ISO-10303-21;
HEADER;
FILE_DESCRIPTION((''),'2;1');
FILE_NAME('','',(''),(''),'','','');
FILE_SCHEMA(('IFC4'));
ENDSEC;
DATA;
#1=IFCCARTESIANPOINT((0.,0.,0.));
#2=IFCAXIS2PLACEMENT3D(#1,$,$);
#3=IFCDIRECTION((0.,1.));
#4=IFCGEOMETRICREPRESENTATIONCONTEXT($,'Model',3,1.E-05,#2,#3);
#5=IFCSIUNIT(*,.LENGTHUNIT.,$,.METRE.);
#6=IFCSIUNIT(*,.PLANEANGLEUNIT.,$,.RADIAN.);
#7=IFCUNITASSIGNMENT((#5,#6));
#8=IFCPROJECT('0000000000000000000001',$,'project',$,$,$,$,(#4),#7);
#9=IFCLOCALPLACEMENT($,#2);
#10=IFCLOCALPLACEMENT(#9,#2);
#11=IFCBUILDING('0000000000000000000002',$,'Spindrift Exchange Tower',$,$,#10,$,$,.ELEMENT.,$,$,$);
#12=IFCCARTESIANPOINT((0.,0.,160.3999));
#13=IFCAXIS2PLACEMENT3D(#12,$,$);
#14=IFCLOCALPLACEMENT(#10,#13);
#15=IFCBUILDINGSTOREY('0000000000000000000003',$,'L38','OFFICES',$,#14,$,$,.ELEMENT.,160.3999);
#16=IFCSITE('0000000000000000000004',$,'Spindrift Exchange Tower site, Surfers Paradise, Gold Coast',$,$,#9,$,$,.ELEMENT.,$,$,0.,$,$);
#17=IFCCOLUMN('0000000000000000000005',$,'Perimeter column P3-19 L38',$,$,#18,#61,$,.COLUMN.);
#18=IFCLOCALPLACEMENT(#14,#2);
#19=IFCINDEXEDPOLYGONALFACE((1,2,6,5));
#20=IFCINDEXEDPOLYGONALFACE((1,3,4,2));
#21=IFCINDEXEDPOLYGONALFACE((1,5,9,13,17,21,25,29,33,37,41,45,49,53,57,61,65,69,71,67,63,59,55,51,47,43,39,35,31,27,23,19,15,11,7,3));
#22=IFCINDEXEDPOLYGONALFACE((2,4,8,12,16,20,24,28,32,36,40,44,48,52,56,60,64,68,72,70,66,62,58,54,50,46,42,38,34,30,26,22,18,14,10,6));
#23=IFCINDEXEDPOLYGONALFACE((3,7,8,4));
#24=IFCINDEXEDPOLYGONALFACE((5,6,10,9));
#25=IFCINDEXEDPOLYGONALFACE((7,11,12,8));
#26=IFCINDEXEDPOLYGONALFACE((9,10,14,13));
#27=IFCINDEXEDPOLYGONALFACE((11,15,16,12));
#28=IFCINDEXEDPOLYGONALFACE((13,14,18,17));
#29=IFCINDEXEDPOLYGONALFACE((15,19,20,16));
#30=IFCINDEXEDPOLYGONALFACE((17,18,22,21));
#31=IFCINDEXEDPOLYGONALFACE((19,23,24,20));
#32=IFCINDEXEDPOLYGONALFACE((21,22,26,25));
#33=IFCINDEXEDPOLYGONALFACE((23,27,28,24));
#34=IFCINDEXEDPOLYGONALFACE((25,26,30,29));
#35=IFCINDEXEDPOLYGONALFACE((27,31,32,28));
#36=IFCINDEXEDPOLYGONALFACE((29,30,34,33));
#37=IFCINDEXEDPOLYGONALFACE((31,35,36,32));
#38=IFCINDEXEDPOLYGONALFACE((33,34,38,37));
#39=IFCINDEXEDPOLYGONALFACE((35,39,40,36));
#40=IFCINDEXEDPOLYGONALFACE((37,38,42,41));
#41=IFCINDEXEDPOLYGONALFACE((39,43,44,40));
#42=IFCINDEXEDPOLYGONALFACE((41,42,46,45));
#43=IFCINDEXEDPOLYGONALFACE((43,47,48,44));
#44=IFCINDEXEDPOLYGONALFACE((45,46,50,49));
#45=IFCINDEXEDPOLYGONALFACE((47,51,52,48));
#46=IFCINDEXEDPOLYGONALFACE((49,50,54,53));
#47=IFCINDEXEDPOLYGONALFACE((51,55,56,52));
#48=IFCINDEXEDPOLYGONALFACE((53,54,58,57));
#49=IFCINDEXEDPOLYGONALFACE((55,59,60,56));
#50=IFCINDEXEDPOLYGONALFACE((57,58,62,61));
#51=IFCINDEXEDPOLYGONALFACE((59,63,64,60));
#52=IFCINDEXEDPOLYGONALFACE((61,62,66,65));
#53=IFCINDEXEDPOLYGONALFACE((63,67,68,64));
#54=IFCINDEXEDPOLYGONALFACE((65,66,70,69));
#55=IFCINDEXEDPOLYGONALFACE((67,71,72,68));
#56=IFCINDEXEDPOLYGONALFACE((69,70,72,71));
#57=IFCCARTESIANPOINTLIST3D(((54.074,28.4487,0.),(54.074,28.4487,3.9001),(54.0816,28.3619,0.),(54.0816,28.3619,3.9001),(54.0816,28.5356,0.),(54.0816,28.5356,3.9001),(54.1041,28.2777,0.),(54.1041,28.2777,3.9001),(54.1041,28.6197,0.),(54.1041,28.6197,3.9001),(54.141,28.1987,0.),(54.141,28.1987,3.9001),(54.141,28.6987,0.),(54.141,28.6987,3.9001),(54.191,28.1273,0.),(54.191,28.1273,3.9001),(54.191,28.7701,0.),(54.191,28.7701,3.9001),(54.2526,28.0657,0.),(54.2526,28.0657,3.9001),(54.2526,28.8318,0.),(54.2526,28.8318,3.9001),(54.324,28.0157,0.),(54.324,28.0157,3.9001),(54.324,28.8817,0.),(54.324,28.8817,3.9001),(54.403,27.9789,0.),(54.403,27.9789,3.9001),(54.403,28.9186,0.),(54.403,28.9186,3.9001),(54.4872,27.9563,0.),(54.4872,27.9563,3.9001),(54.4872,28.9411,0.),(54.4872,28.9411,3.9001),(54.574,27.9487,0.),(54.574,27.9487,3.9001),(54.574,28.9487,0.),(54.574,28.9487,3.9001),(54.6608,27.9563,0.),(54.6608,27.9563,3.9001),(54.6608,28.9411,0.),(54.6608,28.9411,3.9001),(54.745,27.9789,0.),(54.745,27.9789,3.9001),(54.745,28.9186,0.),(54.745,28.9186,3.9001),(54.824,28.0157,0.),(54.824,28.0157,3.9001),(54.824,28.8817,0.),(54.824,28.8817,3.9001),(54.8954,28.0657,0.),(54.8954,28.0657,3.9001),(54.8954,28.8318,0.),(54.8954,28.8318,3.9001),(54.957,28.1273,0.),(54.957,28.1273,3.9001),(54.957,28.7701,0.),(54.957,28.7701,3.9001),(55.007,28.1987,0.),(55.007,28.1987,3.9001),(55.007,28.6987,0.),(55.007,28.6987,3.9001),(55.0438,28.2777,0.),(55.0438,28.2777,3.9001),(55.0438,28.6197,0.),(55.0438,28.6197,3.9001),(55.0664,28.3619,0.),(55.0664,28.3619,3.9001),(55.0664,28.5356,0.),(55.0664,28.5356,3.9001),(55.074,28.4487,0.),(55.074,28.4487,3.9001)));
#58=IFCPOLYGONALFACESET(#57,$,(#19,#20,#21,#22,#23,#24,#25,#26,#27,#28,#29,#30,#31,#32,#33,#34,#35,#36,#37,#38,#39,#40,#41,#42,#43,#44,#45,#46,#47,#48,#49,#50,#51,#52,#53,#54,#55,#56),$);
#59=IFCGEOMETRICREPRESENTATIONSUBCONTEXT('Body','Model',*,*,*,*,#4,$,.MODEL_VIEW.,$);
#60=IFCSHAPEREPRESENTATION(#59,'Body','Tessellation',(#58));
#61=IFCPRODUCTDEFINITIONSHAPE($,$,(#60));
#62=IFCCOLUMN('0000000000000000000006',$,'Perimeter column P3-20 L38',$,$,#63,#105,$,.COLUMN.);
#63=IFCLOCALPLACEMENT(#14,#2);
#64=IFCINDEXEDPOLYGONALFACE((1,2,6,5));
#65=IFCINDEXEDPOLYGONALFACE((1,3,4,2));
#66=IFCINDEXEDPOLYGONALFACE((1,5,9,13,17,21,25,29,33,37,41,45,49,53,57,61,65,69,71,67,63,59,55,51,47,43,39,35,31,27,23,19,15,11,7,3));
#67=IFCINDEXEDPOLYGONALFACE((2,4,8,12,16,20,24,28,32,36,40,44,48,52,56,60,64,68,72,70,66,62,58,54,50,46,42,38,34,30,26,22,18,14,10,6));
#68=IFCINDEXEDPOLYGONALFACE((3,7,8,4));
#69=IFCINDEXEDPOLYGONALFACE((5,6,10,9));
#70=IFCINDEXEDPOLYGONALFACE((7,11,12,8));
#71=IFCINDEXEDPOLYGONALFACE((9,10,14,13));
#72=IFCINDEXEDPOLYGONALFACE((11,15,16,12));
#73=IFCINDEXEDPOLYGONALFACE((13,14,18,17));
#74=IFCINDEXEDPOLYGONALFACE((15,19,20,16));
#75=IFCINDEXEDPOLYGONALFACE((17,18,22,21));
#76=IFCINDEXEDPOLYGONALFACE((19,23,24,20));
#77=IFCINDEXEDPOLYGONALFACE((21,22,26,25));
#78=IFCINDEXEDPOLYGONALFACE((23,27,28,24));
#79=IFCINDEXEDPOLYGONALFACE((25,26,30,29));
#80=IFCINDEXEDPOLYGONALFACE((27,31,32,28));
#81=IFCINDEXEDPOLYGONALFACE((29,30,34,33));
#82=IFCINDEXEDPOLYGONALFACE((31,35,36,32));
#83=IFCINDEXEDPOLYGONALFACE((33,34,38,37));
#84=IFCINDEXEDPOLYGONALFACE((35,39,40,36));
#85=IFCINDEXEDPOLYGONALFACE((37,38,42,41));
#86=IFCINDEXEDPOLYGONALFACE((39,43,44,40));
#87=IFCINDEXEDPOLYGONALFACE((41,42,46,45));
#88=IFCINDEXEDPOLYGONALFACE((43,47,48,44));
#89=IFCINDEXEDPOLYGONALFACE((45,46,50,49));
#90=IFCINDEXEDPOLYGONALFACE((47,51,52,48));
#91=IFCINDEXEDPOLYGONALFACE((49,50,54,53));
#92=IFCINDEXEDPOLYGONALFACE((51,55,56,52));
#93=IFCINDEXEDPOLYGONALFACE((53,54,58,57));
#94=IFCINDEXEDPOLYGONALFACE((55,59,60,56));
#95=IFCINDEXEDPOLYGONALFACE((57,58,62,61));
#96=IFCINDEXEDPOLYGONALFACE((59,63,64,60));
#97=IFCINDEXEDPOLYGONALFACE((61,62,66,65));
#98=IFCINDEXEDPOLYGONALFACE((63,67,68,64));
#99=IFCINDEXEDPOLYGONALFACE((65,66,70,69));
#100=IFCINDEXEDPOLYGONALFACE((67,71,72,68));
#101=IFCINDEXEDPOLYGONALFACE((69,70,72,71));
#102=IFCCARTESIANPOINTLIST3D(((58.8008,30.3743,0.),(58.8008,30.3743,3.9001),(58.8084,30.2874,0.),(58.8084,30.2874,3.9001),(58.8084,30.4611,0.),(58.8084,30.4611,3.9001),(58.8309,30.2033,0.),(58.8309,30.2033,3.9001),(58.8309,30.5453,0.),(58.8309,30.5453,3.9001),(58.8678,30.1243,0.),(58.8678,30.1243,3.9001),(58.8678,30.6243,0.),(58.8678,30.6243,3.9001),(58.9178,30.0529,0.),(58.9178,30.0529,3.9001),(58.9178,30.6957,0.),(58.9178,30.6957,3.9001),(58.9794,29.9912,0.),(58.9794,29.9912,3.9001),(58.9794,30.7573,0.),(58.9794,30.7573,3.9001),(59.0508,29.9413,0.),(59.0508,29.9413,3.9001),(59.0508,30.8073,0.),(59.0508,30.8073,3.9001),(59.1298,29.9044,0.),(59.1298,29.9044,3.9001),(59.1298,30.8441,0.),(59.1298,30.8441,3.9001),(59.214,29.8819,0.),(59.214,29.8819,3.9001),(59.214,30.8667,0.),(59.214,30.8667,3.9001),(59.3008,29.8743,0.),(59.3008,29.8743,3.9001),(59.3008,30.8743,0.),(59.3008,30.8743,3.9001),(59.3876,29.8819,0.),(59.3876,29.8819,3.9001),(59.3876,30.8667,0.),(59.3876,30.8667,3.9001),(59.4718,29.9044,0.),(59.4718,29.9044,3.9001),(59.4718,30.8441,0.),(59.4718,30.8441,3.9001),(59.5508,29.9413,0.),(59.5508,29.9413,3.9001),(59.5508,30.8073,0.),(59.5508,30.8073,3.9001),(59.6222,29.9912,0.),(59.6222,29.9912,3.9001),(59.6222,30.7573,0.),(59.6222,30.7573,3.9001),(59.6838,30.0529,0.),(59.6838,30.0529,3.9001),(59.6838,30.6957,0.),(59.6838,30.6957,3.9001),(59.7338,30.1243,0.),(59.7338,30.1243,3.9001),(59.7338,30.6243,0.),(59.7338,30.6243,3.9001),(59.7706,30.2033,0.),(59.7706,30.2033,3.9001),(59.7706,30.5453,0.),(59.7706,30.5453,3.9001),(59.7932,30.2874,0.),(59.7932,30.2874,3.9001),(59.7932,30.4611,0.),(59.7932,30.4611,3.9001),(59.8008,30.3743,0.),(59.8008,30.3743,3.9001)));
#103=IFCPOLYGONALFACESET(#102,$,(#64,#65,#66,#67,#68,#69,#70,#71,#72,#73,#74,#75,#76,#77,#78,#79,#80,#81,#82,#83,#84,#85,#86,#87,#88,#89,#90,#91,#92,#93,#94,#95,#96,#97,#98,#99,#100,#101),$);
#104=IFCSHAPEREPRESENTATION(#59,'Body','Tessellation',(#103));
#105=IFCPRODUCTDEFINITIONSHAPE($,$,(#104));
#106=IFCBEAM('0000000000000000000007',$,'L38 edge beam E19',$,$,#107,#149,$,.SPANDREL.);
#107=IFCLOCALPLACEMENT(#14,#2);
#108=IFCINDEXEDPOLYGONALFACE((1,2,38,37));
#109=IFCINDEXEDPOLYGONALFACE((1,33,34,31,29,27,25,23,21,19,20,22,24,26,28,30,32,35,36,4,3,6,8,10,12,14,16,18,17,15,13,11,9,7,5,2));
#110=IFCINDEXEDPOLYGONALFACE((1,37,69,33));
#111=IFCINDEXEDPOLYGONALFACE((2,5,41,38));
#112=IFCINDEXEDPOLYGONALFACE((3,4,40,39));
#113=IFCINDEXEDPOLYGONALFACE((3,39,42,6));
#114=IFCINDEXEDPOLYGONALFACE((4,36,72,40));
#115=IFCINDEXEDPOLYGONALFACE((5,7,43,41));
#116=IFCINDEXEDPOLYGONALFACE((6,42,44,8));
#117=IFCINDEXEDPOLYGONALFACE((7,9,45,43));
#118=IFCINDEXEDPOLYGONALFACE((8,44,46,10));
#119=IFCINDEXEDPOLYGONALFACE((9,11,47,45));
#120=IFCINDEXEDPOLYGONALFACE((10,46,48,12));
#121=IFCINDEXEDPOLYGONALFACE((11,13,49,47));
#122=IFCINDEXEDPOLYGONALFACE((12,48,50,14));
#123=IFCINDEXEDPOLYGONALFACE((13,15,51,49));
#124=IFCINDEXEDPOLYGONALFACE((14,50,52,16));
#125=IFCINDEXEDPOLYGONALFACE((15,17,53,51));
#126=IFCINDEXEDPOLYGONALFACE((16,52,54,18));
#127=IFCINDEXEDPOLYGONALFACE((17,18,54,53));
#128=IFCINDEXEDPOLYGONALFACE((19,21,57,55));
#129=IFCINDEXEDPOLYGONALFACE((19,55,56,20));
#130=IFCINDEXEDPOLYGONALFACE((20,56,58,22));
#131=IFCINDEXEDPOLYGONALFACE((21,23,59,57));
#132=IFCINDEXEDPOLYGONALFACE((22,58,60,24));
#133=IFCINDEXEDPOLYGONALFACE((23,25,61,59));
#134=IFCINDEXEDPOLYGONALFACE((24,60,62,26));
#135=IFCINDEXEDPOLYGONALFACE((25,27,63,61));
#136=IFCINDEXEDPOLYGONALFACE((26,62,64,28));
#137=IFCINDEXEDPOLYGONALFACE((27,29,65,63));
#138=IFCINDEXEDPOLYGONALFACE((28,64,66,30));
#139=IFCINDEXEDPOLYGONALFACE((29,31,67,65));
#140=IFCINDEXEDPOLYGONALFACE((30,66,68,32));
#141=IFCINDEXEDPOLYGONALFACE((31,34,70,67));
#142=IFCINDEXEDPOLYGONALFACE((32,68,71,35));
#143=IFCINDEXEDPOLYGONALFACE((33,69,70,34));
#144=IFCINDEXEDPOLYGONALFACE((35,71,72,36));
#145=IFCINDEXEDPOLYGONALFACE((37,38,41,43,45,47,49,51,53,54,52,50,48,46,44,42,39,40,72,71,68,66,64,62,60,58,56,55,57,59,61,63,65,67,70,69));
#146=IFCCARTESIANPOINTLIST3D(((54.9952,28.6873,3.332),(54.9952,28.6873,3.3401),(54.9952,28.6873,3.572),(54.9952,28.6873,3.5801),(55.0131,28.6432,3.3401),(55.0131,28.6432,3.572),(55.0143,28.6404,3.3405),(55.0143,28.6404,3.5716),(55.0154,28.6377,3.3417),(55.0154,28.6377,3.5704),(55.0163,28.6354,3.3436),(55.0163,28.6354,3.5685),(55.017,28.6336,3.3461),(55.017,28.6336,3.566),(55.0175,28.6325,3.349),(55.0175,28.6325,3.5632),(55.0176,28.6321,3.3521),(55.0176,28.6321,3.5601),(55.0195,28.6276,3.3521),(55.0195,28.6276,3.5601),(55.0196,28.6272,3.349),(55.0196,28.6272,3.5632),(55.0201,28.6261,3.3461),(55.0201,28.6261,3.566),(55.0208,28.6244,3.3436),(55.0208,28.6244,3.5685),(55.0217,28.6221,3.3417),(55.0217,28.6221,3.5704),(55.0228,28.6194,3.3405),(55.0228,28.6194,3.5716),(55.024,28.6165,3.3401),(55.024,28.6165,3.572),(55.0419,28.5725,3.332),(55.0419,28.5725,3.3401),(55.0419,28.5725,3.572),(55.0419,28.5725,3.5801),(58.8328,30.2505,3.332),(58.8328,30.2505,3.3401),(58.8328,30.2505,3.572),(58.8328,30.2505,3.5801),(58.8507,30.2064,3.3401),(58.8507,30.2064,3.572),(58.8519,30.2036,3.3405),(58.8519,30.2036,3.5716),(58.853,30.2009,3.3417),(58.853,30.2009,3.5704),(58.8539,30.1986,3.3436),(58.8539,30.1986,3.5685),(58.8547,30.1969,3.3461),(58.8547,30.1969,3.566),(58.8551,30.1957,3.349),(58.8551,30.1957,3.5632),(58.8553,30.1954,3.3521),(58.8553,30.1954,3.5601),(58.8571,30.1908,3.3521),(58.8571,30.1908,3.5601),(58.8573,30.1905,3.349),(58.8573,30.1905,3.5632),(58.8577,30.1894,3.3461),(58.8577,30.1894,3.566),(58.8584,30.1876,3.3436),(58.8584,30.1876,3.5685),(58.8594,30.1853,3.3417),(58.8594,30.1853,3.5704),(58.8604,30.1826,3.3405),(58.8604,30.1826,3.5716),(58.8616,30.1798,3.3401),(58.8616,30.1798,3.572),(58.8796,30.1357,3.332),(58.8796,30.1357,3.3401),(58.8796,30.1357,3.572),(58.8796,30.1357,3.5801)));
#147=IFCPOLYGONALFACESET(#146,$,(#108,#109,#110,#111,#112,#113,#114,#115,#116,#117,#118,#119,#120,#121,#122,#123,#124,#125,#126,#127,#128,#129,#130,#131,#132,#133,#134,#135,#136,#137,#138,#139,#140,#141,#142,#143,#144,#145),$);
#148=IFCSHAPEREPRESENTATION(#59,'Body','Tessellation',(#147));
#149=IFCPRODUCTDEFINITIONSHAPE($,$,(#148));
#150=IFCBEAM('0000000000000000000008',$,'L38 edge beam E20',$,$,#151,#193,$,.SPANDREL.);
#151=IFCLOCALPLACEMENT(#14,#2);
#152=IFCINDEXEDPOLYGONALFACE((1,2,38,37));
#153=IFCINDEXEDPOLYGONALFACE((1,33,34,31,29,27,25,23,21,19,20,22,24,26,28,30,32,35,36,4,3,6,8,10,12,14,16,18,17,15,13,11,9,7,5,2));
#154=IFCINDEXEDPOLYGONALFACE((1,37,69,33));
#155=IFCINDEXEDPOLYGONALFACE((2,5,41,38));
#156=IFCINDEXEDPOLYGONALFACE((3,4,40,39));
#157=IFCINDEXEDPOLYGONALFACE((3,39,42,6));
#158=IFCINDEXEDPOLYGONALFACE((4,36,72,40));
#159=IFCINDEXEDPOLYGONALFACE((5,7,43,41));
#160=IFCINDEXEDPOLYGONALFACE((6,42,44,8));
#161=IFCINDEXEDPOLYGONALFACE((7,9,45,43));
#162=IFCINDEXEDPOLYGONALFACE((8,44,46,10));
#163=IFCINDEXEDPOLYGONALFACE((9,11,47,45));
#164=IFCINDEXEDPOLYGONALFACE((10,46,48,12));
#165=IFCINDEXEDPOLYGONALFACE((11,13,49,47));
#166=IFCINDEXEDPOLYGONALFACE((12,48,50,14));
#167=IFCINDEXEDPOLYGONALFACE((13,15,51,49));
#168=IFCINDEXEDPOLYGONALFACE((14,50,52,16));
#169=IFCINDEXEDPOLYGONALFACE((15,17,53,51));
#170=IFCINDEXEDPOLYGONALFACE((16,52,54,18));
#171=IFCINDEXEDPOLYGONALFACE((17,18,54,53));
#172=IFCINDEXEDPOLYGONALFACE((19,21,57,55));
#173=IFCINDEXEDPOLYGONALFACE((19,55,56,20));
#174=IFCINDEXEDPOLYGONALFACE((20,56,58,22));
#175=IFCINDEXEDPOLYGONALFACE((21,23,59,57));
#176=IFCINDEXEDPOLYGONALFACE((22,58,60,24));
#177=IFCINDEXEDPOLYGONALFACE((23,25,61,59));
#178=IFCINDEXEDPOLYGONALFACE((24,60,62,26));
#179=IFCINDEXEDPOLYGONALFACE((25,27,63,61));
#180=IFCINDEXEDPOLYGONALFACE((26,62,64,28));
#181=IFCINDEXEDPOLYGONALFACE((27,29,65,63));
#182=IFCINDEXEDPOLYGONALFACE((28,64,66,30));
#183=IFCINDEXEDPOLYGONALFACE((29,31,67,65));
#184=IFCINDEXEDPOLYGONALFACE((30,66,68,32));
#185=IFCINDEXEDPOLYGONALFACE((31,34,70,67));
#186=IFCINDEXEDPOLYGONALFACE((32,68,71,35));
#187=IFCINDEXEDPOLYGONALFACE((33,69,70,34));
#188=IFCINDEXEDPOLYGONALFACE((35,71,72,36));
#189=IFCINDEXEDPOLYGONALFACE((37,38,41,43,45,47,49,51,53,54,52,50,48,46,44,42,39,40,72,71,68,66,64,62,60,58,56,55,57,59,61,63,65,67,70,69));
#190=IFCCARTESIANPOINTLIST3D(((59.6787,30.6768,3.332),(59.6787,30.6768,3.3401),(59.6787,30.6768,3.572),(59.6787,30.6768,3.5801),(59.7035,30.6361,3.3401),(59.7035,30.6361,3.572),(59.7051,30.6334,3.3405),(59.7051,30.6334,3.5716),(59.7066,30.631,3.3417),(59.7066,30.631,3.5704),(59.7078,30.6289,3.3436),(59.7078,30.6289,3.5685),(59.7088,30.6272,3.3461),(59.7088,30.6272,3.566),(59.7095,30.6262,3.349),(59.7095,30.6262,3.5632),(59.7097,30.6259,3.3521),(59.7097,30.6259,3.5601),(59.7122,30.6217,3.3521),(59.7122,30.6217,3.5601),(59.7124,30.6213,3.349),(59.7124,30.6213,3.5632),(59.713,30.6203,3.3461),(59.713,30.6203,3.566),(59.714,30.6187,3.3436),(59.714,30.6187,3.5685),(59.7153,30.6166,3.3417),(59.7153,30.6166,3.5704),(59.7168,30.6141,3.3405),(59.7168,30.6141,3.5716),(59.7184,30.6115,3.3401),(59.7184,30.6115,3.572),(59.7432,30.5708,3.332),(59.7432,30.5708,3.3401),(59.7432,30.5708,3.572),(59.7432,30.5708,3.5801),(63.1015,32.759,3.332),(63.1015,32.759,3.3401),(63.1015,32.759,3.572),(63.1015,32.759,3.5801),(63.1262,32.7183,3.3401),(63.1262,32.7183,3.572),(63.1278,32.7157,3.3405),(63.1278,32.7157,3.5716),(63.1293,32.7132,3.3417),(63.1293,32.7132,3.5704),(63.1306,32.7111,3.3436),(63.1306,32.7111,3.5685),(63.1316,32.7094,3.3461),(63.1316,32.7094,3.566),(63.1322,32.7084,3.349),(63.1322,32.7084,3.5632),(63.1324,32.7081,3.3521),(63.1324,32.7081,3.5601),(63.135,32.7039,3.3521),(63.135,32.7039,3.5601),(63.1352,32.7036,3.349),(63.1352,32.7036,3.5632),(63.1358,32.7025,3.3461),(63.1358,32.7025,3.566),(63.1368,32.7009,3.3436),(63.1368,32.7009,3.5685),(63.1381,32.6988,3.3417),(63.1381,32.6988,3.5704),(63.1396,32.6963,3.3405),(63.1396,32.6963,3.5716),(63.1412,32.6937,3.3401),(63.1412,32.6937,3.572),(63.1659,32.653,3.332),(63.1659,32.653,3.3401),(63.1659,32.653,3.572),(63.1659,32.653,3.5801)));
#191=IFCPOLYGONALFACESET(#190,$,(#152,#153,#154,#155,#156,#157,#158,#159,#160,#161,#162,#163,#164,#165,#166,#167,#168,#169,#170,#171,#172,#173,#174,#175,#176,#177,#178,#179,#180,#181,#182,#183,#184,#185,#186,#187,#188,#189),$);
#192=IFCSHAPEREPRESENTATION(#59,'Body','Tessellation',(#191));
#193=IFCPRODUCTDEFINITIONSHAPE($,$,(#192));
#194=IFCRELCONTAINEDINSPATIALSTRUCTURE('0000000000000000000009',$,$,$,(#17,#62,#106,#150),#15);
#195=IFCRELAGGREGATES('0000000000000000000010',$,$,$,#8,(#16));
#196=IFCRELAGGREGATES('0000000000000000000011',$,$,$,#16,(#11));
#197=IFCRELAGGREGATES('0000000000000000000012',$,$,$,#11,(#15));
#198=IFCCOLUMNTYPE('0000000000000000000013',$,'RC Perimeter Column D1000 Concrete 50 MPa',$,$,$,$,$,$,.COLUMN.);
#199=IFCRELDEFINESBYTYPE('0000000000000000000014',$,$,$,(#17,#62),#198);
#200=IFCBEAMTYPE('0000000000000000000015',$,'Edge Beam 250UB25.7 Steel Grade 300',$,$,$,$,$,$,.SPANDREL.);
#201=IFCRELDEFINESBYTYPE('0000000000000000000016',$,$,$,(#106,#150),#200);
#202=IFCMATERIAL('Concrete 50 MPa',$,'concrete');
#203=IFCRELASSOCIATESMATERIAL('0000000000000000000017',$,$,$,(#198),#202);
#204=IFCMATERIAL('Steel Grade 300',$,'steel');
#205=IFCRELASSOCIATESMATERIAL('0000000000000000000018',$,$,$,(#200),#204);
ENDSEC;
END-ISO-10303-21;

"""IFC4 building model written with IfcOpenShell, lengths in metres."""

from ifc_helpers import new_model, si_unit, direction, frame, origin, origin_2d, place, context, subcontext, project, spatial, circle, i_section, extrude, source, transform, mapped, material, material_profile, profile_set, type_object, element, save


model = new_model("IFC4")

# Units and contexts
model_context = context("Model", 3, precision=1e-05, world=origin(), true_north=direction((0.0, 1.0)))
body_context = subcontext(model_context, "Body", "Model", "MODEL_VIEW")
ifc_project = project(units=[si_unit("LENGTHUNIT", "METRE"), si_unit("PLANEANGLEUNIT", "RADIAN")], contexts=[model_context])

# Site, building, storey
site_placement = place(None, origin())
site = spatial("IfcSite", under=ifc_project, at=site_placement, Name="Spindrift Exchange Tower site, Surfers Paradise, Gold Coast", CompositionType="ELEMENT", RefElevation=0.0)
building_placement = place(site_placement, origin())
building = spatial("IfcBuilding", under=site, at=building_placement, Name="Spindrift Exchange Tower", CompositionType="ELEMENT")
storey_placement = place(building_placement, frame((0.0, 0.0, 160.3999)))
storey = spatial("IfcBuildingStorey", under=building, at=storey_placement, Name="L38", Description="OFFICES", CompositionType="ELEMENT", Elevation=160.3999)

# Columns
ifc_material_1 = material(Name="Concrete 50 MPa", Category="concrete")
ifc_material_profile_1 = material_profile(ifc_material_1, circle(Radius=0.5, at=origin_2d()), Name="RC D1000")
ifc_profile_set_1 = profile_set([ifc_material_profile_1], Name="Concrete 50 MPa")
column_type = type_object("IfcColumnType", Name="RC Perimeter Column D1000 Concrete 50 MPa", PredefinedType="COLUMN", material=ifc_profile_set_1)
shared_shape_1 = source(origin(), body_context, "Body", "SweptSolid", [
    extrude(circle(Radius=0.5, at=origin_2d()), origin(), (0.0, 0.0, 1.0), 3.9001),
])
for number, where, z_axis, x_axis, name in (
    (1, (54.574, 28.4487, 0.0), (0.0, 0.0, 1.0), (1.0, 0.0, 0.0), "Perimeter column P3-19 L38"),
    (2, (59.3008, 30.3743, 0.0), (0.0, 0.0, 1.0), (1.0, 0.0, 0.0), "Perimeter column P3-20 L38"),
):
    element("IfcColumn", number, at=place(storey_placement, frame(where, z_axis=z_axis, x_axis=x_axis)), inside=storey, type_object=column_type, Name=name, PredefinedType="COLUMN", context=body_context, shape_type="MappedRepresentation", body=[
        mapped(shared_shape_1, transform((0.0, 0.0, 0.0), scale=1.0)),
    ])

# Beams
ifc_material_2 = material(Name="Steel Grade 300", Category="steel")
ifc_material_profile_2 = material_profile(ifc_material_2, i_section(OverallWidth=0.124, OverallDepth=0.248, WebThickness=0.0049, FlangeThickness=0.0081, FilletRadius=0.012, at=origin_2d()), Name="250UB25.7")
ifc_profile_set_2 = profile_set([ifc_material_profile_2], Name="Steel Grade 300")
beam_type_1 = type_object("IfcBeamType", Name="Edge Beam 250UB25.7 Steel Grade 300", PredefinedType="SPANDREL", material=ifc_profile_set_2)
shared_shape_2 = source(origin(), body_context, "Body", "SweptSolid", [
    extrude(i_section(OverallWidth=0.124, OverallDepth=0.248, WebThickness=0.0049, FlangeThickness=0.0081, FilletRadius=0.012, at=origin_2d()), origin(), (0.0, 0.0, 1.0), 4.1438),
])
beam_1_placement = place(storey_placement, frame((55.0186, 28.6299, 3.4561), z_axis=(0.926114, 0.377244, 0.0), x_axis=(-0.377244, 0.926114, 0.0)))
element("IfcBeam", 3, at=beam_1_placement, inside=storey, type_object=beam_type_1, Name="L38 edge beam E19", PredefinedType="SPANDREL", context=body_context, shape_type="MappedRepresentation", body=[
    mapped(shared_shape_2, transform((0.0, 0.0, 0.0), scale=1.0)),
])
shared_shape_3 = source(origin(), body_context, "Body", "SweptSolid", [
    extrude(i_section(OverallWidth=0.124, OverallDepth=0.248, WebThickness=0.0049, FlangeThickness=0.0081, FilletRadius=0.012, at=origin_2d()), origin(), (0.0, 0.0, 1.0), 4.0063),
])
beam_2_placement = place(storey_placement, frame((59.7109, 30.6238, 3.4561), z_axis=(0.854331, 0.519728, 0.0), x_axis=(-0.519728, 0.854331, 0.0)))
element("IfcBeam", 4, at=beam_2_placement, inside=storey, type_object=beam_type_1, Name="L38 edge beam E20", PredefinedType="SPANDREL", context=body_context, shape_type="MappedRepresentation", body=[
    mapped(shared_shape_3, transform((0.0, 0.0, 0.0), scale=1.0)),
])

save(model, "model.ifc")
